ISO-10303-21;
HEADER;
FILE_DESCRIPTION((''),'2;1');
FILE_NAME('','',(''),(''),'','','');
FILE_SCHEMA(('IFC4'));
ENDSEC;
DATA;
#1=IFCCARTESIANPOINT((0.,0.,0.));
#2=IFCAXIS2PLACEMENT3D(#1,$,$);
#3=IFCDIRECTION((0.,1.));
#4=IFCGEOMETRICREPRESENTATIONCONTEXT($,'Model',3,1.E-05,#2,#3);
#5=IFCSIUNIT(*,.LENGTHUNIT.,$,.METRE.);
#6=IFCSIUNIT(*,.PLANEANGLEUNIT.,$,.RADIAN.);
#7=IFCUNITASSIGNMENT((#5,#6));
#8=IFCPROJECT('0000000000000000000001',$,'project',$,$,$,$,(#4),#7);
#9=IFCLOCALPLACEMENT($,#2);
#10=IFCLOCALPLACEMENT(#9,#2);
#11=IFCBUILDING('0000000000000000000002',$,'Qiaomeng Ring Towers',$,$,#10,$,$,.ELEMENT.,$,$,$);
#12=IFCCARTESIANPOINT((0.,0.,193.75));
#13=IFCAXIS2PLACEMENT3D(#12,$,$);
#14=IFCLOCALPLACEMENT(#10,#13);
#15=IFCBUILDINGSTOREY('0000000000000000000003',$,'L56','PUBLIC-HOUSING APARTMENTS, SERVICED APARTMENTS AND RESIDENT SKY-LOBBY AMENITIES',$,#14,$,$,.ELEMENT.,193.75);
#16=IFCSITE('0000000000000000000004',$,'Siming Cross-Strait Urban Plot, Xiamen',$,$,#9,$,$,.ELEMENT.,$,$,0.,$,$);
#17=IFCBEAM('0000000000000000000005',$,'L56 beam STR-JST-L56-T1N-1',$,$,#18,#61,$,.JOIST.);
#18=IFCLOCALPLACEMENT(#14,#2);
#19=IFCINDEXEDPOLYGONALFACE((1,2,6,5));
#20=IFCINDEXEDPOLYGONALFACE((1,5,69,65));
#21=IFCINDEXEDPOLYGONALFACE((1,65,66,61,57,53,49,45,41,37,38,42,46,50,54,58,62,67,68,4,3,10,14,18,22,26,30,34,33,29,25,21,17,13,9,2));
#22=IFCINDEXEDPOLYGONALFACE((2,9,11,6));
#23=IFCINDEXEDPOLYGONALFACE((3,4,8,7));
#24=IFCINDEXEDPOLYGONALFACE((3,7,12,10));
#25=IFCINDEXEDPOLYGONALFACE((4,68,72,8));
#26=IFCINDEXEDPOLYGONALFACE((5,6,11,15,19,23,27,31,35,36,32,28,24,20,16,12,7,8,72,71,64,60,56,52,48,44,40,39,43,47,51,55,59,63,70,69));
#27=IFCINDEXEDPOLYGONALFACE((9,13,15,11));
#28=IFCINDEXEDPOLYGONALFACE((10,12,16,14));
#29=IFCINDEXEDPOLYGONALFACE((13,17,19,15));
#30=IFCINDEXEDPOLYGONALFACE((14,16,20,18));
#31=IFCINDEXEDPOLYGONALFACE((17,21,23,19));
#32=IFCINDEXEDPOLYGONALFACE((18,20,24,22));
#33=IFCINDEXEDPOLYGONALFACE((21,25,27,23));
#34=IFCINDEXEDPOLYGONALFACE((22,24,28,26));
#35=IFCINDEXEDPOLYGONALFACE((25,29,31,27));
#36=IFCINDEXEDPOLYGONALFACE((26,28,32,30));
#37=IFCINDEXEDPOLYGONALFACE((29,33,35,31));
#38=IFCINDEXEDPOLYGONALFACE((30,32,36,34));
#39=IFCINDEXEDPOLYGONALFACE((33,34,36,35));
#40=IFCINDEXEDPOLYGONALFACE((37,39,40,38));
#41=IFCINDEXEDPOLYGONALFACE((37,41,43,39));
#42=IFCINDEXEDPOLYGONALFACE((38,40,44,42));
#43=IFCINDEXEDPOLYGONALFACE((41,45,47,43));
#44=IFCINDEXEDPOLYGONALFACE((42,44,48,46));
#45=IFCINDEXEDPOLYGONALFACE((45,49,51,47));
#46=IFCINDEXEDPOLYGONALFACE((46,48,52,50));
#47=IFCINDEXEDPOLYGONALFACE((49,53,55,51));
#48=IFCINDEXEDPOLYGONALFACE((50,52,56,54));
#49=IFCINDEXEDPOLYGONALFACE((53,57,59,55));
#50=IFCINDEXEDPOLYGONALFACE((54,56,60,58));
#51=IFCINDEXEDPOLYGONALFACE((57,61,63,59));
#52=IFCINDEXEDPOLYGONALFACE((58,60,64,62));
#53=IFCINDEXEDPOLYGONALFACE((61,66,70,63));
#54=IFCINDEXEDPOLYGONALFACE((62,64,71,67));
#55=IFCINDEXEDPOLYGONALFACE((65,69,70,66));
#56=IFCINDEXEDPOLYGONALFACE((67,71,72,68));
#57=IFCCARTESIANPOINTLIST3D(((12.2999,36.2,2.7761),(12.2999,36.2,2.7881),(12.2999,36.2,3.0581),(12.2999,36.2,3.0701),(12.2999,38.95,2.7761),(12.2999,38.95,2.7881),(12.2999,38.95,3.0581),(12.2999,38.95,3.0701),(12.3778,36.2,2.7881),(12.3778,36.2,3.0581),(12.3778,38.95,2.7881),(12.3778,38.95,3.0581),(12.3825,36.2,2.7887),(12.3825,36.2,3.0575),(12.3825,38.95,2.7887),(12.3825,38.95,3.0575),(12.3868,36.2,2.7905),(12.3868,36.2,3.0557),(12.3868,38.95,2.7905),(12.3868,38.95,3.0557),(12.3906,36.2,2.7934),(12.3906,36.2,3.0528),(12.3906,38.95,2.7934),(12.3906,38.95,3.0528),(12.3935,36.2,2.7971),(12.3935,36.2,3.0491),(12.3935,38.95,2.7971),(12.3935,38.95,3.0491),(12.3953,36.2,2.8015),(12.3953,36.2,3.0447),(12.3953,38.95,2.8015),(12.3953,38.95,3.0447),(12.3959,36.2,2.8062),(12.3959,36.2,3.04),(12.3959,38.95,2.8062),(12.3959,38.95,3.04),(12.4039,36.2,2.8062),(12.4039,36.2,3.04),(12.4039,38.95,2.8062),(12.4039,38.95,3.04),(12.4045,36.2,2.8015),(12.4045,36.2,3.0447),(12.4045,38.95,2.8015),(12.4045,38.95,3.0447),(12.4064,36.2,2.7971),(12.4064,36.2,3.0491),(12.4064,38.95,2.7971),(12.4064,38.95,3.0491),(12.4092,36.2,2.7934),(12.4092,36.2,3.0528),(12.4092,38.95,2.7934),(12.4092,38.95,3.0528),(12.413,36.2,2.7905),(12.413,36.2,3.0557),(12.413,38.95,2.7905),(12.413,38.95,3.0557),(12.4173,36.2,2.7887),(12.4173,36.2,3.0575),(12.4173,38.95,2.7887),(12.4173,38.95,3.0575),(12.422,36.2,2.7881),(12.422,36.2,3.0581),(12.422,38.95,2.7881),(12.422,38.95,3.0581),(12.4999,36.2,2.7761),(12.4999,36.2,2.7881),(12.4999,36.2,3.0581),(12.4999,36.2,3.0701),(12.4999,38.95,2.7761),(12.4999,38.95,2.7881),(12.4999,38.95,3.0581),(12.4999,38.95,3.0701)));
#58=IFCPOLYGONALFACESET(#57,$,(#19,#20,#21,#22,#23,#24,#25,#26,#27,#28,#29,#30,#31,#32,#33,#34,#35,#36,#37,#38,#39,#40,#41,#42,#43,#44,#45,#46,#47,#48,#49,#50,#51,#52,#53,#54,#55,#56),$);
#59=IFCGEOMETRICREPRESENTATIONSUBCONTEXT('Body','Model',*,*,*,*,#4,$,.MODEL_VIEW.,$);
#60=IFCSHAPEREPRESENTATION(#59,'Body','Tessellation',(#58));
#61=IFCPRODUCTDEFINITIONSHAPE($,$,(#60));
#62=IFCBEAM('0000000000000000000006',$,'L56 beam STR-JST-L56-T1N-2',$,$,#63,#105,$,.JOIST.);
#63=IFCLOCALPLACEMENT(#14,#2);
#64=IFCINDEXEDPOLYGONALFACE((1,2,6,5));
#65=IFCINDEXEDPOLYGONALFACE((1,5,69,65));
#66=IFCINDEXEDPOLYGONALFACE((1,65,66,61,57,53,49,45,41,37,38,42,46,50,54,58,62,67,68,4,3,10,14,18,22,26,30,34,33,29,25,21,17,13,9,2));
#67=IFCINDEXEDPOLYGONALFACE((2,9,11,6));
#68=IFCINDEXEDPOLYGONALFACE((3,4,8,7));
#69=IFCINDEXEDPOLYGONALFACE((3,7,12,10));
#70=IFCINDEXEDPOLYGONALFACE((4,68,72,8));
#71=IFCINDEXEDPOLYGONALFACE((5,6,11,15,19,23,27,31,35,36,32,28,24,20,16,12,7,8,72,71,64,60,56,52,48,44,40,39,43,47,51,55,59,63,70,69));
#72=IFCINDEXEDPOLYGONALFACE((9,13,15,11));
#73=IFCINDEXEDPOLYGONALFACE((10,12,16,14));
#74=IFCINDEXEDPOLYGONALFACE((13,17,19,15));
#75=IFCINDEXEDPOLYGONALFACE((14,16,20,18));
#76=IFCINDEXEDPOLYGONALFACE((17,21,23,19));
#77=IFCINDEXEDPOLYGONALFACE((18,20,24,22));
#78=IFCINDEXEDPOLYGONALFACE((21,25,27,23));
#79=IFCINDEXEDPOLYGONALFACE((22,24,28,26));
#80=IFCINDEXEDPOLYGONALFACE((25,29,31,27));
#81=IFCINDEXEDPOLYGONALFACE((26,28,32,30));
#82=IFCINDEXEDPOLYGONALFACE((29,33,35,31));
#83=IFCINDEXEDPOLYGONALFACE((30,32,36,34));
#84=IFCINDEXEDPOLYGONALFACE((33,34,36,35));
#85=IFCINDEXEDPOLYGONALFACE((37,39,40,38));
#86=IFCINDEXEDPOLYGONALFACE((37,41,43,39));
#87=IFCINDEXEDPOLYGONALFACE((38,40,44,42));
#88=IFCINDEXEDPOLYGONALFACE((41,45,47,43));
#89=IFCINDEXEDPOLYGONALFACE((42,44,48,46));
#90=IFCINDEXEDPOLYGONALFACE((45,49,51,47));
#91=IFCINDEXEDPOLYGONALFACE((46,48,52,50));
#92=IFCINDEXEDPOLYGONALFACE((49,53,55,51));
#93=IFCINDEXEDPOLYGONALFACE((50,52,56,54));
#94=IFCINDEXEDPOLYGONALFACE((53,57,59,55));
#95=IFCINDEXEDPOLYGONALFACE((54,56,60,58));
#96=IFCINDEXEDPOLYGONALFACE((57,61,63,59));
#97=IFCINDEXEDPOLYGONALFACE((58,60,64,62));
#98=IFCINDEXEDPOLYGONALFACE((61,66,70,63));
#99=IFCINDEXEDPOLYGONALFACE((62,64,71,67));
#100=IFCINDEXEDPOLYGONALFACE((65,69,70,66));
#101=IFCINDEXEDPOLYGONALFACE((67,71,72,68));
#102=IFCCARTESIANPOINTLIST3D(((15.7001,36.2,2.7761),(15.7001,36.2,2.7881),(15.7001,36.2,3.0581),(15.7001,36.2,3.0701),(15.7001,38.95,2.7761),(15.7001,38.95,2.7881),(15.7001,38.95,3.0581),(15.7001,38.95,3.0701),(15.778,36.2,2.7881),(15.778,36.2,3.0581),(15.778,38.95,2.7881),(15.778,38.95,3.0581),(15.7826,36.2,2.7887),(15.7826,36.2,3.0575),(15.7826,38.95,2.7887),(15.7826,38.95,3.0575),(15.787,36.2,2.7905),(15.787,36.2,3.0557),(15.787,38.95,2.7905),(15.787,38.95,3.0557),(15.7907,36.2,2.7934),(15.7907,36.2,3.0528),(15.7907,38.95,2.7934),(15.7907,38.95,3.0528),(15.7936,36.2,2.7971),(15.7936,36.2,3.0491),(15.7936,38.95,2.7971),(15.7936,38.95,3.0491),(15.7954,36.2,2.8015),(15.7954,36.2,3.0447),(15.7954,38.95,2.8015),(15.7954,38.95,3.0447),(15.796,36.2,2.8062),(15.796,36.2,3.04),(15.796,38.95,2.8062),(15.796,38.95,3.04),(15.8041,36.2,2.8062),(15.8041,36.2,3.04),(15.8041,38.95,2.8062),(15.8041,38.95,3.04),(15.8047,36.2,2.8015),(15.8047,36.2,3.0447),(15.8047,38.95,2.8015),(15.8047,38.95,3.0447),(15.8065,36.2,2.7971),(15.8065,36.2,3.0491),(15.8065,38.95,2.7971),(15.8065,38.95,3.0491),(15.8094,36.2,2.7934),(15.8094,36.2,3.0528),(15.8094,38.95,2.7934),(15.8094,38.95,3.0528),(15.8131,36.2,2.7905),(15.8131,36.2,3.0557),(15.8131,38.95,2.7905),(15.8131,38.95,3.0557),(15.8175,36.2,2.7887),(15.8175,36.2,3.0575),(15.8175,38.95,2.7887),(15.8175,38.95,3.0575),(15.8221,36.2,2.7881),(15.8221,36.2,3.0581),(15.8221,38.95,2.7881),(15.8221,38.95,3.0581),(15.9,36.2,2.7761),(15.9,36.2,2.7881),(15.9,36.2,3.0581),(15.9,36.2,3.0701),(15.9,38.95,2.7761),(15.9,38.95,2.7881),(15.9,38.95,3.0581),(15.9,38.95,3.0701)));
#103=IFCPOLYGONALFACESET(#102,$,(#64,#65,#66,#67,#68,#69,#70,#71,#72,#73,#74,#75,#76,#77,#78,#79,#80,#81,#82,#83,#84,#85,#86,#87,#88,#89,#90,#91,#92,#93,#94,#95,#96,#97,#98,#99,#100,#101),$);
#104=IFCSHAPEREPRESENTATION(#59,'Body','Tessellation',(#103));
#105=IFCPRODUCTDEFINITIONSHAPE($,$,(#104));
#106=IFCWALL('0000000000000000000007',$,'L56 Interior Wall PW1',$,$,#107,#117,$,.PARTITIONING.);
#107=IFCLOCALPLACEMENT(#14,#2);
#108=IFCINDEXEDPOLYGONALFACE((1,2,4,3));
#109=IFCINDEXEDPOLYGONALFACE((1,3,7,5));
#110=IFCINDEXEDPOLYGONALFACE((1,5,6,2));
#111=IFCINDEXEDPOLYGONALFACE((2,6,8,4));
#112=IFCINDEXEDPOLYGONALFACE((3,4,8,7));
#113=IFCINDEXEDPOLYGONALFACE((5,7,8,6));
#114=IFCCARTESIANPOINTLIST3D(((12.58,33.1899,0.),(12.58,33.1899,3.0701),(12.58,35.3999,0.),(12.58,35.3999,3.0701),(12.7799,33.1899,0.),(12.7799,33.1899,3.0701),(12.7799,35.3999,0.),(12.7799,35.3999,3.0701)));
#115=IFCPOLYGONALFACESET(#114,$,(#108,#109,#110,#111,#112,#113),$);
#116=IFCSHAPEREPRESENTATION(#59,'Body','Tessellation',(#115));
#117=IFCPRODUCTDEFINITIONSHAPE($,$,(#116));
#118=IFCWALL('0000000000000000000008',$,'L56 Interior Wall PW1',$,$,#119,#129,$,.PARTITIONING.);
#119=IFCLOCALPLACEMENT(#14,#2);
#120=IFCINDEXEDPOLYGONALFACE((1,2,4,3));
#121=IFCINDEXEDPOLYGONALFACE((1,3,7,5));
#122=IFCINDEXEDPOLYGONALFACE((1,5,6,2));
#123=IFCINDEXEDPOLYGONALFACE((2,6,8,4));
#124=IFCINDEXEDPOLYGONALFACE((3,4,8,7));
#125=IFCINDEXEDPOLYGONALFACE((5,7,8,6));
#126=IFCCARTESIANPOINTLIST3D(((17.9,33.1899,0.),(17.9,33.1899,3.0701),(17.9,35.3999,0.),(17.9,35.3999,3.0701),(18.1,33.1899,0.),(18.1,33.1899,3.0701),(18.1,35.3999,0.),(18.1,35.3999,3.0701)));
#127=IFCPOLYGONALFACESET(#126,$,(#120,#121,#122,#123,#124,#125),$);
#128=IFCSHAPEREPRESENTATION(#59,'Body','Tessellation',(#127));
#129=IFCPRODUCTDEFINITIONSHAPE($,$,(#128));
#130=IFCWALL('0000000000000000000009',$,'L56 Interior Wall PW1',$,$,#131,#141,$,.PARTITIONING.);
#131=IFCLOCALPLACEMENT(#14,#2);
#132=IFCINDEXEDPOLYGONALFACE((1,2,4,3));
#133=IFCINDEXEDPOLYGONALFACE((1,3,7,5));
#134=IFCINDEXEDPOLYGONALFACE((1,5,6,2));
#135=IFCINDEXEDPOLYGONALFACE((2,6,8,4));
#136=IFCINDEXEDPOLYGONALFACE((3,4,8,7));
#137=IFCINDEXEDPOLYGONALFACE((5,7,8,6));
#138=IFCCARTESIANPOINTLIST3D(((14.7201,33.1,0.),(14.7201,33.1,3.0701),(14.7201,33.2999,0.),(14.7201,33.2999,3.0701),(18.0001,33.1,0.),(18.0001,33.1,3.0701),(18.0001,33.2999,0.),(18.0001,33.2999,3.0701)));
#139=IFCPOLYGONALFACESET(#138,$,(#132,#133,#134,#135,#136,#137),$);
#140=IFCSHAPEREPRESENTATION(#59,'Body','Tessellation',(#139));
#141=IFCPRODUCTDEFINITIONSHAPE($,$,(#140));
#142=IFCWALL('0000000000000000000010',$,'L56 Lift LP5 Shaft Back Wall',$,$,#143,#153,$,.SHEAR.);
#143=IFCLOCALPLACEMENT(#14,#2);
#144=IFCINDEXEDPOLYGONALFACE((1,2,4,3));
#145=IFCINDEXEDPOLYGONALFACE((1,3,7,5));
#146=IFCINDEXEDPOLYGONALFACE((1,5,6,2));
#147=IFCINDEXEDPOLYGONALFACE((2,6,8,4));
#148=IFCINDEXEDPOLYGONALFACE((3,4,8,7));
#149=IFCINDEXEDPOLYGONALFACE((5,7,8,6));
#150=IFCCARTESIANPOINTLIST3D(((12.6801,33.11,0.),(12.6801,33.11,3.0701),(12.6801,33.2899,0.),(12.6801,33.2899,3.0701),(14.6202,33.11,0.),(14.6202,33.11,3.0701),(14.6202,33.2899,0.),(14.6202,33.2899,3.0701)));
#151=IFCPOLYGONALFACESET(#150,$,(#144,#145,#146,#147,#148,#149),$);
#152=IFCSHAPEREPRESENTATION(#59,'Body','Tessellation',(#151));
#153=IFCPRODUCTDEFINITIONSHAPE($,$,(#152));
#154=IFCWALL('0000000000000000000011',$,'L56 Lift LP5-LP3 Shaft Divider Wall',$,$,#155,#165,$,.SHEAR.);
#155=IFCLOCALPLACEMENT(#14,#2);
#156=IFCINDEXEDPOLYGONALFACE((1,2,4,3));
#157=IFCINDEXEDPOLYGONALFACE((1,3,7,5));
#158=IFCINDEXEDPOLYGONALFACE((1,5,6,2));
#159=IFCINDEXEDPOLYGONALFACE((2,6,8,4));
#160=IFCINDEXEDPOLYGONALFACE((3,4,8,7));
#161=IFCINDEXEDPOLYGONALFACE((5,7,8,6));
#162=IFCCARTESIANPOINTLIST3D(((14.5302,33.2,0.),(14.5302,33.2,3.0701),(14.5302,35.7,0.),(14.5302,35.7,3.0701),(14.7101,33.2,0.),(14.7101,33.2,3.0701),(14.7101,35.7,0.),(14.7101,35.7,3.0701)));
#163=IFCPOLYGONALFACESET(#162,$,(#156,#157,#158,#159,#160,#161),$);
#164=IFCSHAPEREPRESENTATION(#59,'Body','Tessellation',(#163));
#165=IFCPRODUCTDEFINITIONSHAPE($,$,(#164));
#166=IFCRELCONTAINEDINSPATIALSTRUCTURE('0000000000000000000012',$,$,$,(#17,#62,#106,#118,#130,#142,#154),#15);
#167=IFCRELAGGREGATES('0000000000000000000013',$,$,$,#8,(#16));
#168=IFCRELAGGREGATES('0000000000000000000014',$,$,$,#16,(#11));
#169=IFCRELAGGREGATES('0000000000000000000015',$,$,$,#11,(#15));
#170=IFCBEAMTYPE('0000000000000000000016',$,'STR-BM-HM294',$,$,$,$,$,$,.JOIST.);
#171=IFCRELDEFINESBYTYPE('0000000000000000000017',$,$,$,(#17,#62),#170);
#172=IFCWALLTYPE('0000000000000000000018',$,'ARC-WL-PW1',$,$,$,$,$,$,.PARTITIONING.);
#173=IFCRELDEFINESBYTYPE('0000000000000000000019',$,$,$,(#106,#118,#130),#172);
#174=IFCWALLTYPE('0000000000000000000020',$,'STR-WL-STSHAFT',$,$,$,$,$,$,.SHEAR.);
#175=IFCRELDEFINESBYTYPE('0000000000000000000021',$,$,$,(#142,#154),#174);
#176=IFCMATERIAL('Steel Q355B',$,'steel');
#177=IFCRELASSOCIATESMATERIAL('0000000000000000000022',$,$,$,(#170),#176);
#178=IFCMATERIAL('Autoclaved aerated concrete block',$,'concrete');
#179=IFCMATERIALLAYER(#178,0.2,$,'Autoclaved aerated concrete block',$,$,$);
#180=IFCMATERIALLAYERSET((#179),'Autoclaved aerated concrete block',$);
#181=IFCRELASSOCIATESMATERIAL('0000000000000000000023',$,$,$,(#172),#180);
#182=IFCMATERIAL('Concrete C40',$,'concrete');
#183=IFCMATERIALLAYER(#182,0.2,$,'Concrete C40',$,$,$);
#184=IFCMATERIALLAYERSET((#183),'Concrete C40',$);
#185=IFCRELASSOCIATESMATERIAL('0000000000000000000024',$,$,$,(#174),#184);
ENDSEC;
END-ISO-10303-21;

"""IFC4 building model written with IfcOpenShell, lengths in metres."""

from ifc_helpers import new_model, si_unit, direction, frame, frame_2d, origin, origin_2d, place, context, subcontext, project, spatial, rectangle, i_section, extrude, source, transform, mapped, material, layer, layer_set, material_profile, profile_set, type_object, element, save


model = new_model("IFC4")

# Units and contexts
model_context = context("Model", 3, precision=1e-05, world=origin(), true_north=direction((0.0, 1.0)))
body_context = subcontext(model_context, "Body", "Model", "MODEL_VIEW")
ifc_project = project(units=[si_unit("LENGTHUNIT", "METRE"), si_unit("PLANEANGLEUNIT", "RADIAN")], contexts=[model_context])

# Site, building, storey
site_placement = place(None, origin())
site = spatial("IfcSite", under=ifc_project, at=site_placement, Name="Siming Cross-Strait Urban Plot, Xiamen", CompositionType="ELEMENT", RefElevation=0.0)
building_placement = place(site_placement, origin())
building = spatial("IfcBuilding", under=site, at=building_placement, Name="Qiaomeng Ring Towers", CompositionType="ELEMENT")
storey_placement = place(building_placement, frame((0.0, 0.0, 193.75)))
storey = spatial("IfcBuildingStorey", under=building, at=storey_placement, Name="L56", Description="PUBLIC-HOUSING APARTMENTS, SERVICED APARTMENTS AND RESIDENT SKY-LOBBY AMENITIES", CompositionType="ELEMENT", Elevation=193.75)

# Beams
ifc_material_1 = material(Name="Steel Q355B", Category="steel")
ifc_material_profile = material_profile(ifc_material_1, i_section(OverallWidth=0.2, OverallDepth=0.2939, WebThickness=0.0081, FlangeThickness=0.012, FilletRadius=0.0181, at=origin_2d()), Name="HM 294x200x8x12")
ifc_profile_set = profile_set([ifc_material_profile], Name="Steel Q355B")
beam_type = type_object("IfcBeamType", Name="STR-BM-HM294", PredefinedType="JOIST", material=ifc_profile_set)
shared_shape_1 = source(origin(), body_context, "Body", "SweptSolid", [
    extrude(i_section(OverallWidth=0.2, OverallDepth=0.2939, WebThickness=0.0081, FlangeThickness=0.012, FilletRadius=0.0181, at=origin_2d()), origin(), (0.0, 0.0, 1.0), 2.75),
])
for number, where, z_axis, x_axis, name in (
    (1, (12.3999, 36.2, 2.9231), (0.0, 1.0, 0.0), (-1.0, 0.0, 0.0), "L56 beam STR-JST-L56-T1N-1"),
    (2, (15.8, 36.2, 2.9231), (0.0, 1.0, 0.0), (-1.0, 0.0, 0.0), "L56 beam STR-JST-L56-T1N-2"),
):
    element("IfcBeam", number, at=place(storey_placement, frame(where, z_axis=z_axis, x_axis=x_axis)), inside=storey, type_object=beam_type, Name=name, PredefinedType="JOIST", context=body_context, shape_type="MappedRepresentation", body=[
        mapped(shared_shape_1, transform((0.0, 0.0, 0.0), x_axis=(1.0, 0.0, 0.0), y_axis=(0.0, 1.0, 0.0), z_axis=(0.0, 0.0, 1.0), scale=1.0)),
    ])

# Walls
ifc_material_2 = material(Name="Autoclaved aerated concrete block", Category="concrete")
ifc_layer_1 = layer(ifc_material_2, 0.2, Name="Autoclaved aerated concrete block")
ifc_layer_set_1 = layer_set([ifc_layer_1], Name="Autoclaved aerated concrete block")
wall_type_1 = type_object("IfcWallType", Name="ARC-WL-PW1", PredefinedType="PARTITIONING", material=ifc_layer_set_1)
for number, where, z_axis, x_axis, name in (
    (3, (12.6799, 33.1899, 0.0), (0.0, 0.0, 1.0), (0.0, 1.0, 0.0), "L56 Interior Wall PW1"),
    (4, (18.0, 33.1899, 0.0), (0.0, 0.0, 1.0), (0.0, 1.0, 0.0), "L56 Interior Wall PW1"),
):
    element("IfcWall", number, at=place(storey_placement, frame(where, z_axis=z_axis, x_axis=x_axis)), inside=storey, type_object=wall_type_1, Name=name, PredefinedType="PARTITIONING", context=body_context, shape_type="SweptSolid", body=[
        extrude(rectangle(XDim=2.21, YDim=0.2, at=frame_2d((1.105, 0.0))), origin(), (0.0, 0.0, 1.0), 3.0701),
    ])
wall_1_placement = place(storey_placement, frame((14.72, 33.2, 0.0), z_axis=(0.0, 0.0, 1.0), x_axis=(1.0, 0.0, 0.0)))
element("IfcWall", 5, at=wall_1_placement, inside=storey, type_object=wall_type_1, Name="L56 Interior Wall PW1", PredefinedType="PARTITIONING", context=body_context, shape_type="SweptSolid", body=[
    extrude(rectangle(XDim=3.28, YDim=0.2, at=frame_2d((1.6401, 0.0))), origin(), (0.0, 0.0, 1.0), 3.0701),
])
ifc_material_3 = material(Name="Concrete C40", Category="concrete")
ifc_layer_2 = layer(ifc_material_3, 0.2, Name="Concrete C40")
ifc_layer_set_2 = layer_set([ifc_layer_2], Name="Concrete C40")
wall_type_2 = type_object("IfcWallType", Name="STR-WL-STSHAFT", PredefinedType="SHEAR", material=ifc_layer_set_2)
wall_2_placement = place(storey_placement, frame((12.6799, 33.2, 0.0), z_axis=(0.0, 0.0, 1.0), x_axis=(1.0, 0.0, 0.0)))
element("IfcWall", 6, at=wall_2_placement, inside=storey, type_object=wall_type_2, Name="L56 Lift LP5 Shaft Back Wall", PredefinedType="SHEAR", context=body_context, shape_type="SweptSolid", body=[
    extrude(rectangle(XDim=1.9402, YDim=0.1799, at=frame_2d((0.9702, 0.0))), origin(), (0.0, 0.0, 1.0), 3.0701),
])
wall_3_placement = place(storey_placement, frame((14.6201, 33.2, 0.0), z_axis=(0.0, 0.0, 1.0), x_axis=(0.0, 1.0, 0.0)))
element("IfcWall", 7, at=wall_3_placement, inside=storey, type_object=wall_type_2, Name="L56 Lift LP5-LP3 Shaft Divider Wall", PredefinedType="SHEAR", context=body_context, shape_type="SweptSolid", body=[
    extrude(rectangle(XDim=2.5, YDim=0.1799, at=frame_2d((1.25, 0.0))), origin(), (0.0, 0.0, 1.0), 3.0701),
])

save(model, "model.ifc")
